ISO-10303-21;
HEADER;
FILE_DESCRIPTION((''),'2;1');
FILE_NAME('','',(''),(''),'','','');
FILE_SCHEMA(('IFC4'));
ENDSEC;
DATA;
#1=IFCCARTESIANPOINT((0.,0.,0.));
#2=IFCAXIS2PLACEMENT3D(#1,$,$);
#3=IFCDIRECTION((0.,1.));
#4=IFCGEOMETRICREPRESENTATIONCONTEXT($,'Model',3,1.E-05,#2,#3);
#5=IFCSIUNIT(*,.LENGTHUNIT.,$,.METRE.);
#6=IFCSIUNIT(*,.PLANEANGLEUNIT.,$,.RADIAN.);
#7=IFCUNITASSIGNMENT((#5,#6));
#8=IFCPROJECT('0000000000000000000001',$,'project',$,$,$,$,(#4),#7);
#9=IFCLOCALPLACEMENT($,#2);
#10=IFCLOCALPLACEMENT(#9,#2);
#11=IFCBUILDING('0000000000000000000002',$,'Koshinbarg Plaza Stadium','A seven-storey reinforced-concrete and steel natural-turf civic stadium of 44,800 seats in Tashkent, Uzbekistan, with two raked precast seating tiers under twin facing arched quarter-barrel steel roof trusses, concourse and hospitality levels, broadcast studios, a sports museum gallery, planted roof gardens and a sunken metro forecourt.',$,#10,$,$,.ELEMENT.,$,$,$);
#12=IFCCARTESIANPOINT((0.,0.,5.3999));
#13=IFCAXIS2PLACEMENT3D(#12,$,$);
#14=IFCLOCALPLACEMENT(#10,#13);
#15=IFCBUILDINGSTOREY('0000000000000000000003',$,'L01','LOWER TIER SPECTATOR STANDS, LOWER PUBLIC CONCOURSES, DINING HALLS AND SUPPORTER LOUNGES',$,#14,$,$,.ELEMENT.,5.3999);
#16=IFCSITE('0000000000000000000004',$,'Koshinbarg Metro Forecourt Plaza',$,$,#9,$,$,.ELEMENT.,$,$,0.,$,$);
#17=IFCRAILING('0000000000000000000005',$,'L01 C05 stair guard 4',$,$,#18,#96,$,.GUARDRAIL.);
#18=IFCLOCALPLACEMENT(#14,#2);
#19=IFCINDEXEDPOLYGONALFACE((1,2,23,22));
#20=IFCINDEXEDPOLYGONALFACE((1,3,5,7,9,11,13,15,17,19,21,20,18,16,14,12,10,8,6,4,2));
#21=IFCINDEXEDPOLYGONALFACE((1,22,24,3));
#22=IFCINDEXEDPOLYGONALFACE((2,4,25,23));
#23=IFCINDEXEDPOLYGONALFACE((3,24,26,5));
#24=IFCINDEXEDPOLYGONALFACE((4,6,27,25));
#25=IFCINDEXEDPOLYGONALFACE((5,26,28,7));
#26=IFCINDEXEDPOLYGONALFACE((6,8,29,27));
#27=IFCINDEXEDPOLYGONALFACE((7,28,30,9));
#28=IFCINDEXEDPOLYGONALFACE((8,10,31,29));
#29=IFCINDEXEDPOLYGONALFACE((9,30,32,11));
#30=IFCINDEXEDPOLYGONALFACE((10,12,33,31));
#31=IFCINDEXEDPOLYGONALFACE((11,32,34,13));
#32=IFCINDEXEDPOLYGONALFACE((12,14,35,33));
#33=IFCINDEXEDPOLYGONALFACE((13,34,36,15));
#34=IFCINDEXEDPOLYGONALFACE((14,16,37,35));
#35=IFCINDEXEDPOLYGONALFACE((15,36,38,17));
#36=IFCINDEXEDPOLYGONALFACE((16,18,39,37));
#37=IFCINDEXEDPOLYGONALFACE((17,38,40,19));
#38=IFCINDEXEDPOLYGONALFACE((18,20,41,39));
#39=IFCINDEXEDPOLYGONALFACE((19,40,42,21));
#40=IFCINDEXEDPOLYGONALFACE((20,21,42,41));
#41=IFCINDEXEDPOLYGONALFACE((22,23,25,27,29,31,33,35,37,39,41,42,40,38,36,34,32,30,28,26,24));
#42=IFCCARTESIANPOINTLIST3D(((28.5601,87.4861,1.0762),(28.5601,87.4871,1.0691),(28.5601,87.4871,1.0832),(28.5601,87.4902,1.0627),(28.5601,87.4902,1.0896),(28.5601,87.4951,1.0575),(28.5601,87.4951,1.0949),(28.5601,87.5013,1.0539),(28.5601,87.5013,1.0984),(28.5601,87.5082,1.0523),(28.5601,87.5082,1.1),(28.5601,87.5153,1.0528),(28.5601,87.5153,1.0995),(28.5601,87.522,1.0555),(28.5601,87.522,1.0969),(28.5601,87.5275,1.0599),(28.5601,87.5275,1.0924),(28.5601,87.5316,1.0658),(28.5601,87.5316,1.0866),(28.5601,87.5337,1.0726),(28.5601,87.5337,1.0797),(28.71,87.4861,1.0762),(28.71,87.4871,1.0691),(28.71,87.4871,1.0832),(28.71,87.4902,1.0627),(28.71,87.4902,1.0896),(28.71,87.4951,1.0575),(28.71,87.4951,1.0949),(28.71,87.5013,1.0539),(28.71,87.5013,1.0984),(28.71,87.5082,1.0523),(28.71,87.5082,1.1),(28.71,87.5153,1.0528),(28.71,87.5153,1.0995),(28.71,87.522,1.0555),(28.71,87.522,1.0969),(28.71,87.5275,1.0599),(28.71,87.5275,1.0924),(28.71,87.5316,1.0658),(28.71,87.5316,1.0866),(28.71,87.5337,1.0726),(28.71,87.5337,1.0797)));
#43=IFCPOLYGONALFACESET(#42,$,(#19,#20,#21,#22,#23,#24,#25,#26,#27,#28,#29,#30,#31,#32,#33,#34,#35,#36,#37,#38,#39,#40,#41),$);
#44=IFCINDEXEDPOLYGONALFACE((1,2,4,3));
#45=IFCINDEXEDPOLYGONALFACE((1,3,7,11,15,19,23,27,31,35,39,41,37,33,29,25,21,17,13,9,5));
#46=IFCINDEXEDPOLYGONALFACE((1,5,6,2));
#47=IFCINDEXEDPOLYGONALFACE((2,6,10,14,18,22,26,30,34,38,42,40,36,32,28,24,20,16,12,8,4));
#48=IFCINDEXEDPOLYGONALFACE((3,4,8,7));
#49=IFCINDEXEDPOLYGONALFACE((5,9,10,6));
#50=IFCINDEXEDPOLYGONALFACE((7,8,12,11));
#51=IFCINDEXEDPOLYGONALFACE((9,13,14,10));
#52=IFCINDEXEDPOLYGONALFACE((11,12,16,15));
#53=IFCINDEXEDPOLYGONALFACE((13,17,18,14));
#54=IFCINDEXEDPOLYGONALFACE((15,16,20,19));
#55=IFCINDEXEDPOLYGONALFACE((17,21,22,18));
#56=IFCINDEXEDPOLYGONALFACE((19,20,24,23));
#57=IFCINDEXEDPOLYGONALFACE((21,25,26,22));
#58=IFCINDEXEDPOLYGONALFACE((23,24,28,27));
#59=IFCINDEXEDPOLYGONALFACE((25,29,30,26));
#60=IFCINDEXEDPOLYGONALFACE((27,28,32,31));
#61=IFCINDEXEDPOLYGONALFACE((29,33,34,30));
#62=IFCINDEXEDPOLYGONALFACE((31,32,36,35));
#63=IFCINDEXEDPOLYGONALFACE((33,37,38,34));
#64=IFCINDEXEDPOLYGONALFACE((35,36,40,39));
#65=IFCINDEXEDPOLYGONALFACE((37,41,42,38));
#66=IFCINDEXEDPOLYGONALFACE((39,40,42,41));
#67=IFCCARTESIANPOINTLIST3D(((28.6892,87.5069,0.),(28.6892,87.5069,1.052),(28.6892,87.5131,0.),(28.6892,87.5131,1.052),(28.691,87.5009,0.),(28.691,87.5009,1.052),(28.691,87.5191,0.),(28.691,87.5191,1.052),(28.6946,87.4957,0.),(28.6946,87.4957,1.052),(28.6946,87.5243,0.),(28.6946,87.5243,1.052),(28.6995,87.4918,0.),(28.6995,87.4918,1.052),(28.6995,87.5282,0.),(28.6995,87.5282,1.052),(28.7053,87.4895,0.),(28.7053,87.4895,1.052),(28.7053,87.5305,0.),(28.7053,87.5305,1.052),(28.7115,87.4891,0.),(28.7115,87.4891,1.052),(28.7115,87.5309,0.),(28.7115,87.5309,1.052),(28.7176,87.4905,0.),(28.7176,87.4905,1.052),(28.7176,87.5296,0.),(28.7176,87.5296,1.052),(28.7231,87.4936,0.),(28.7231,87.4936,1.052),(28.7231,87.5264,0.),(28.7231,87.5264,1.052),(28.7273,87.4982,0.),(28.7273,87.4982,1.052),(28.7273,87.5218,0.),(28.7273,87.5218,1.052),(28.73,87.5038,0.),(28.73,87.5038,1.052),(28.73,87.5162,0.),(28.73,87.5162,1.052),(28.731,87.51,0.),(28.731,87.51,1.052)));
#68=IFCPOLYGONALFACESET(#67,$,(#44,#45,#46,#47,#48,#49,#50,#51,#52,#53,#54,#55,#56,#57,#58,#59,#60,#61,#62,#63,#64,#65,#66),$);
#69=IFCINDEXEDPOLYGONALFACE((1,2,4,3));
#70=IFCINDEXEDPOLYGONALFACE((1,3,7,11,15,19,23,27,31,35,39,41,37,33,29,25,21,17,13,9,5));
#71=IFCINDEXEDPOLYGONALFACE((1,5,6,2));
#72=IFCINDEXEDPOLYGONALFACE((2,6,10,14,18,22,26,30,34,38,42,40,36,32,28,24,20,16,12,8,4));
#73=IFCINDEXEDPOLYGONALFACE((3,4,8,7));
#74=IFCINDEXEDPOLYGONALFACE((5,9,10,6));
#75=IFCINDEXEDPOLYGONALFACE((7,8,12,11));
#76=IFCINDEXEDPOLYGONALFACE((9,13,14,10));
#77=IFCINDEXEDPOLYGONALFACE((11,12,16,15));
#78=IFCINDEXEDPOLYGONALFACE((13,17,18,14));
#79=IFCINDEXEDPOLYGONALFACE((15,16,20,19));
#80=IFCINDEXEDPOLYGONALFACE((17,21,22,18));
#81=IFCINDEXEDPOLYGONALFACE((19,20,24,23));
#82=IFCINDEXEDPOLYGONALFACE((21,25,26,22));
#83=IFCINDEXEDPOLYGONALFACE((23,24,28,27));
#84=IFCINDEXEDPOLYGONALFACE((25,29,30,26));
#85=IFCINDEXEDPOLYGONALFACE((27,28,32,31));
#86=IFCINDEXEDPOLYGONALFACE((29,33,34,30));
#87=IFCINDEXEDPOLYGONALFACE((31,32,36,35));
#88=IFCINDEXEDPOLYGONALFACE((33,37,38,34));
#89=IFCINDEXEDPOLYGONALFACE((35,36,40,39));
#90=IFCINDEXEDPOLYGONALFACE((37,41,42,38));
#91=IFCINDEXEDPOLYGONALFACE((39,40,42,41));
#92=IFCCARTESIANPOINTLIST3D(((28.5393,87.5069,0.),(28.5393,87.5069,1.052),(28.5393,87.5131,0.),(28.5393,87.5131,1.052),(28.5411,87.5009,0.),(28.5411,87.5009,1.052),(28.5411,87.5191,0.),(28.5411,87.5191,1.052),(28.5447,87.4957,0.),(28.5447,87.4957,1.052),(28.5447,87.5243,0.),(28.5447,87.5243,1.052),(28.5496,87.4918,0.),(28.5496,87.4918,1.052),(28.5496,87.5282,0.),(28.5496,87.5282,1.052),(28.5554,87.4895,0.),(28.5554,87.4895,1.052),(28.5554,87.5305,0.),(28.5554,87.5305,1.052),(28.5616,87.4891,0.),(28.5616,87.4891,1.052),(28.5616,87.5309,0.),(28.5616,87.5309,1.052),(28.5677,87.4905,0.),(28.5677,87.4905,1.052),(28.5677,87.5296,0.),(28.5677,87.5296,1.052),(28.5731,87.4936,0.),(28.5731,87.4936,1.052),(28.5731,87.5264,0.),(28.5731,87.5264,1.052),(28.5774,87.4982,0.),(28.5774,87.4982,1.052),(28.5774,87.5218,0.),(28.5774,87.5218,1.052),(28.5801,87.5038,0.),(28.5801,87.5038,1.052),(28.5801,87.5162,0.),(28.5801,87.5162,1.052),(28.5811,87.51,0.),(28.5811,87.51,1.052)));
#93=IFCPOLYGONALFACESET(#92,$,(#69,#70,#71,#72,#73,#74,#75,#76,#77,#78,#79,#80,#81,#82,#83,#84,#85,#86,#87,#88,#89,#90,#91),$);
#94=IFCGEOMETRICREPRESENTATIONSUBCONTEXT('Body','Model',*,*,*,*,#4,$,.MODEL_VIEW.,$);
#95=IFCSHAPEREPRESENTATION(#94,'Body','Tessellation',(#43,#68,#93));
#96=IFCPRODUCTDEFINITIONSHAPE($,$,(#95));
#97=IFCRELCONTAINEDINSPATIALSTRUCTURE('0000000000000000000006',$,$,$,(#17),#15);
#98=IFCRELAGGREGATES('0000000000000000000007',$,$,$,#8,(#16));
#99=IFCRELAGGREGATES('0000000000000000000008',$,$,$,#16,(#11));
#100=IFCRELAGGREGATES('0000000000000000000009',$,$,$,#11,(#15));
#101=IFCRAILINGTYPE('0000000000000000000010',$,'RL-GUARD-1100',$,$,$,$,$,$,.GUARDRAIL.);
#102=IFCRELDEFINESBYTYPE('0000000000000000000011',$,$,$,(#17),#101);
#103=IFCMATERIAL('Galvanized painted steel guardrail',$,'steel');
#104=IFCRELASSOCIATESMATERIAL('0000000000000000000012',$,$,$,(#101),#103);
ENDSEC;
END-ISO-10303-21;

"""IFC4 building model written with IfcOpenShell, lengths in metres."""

from ifc_helpers import new_model, si_unit, direction, frame, origin, origin_2d, place, context, subcontext, project, spatial, circle, extrude, material, type_object, element, save


model = new_model("IFC4")

# Units and contexts
model_context = context("Model", 3, precision=1e-05, world=origin(), true_north=direction((0.0, 1.0)))
body_context = subcontext(model_context, "Body", "Model", "MODEL_VIEW")
ifc_project = project(units=[si_unit("LENGTHUNIT", "METRE"), si_unit("PLANEANGLEUNIT", "RADIAN")], contexts=[model_context])

# Site, building, storey
site_placement = place(None, origin())
site = spatial("IfcSite", under=ifc_project, at=site_placement, Name="Koshinbarg Metro Forecourt Plaza", CompositionType="ELEMENT", RefElevation=0.0)
building_placement = place(site_placement, origin())
building = spatial("IfcBuilding", under=site, at=building_placement, Name="Koshinbarg Plaza Stadium", Description="A seven-storey reinforced-concrete and steel natural-turf civic stadium of 44,800 seats in Tashkent, Uzbekistan, with two raked precast seating tiers under twin facing arched quarter-barrel steel roof trusses, concourse and hospitality levels, broadcast studios, a sports museum gallery, planted roof gardens and a sunken metro forecourt.", CompositionType="ELEMENT")
storey_placement = place(building_placement, frame((0.0, 0.0, 5.3999)))
storey = spatial("IfcBuildingStorey", under=building, at=storey_placement, Name="L01", Description="LOWER TIER SPECTATOR STANDS, LOWER PUBLIC CONCOURSES, DINING HALLS AND SUPPORTER LOUNGES", CompositionType="ELEMENT", Elevation=5.3999)

# Railing
ifc_material_1 = material(Name="Galvanized painted steel guardrail", Category="steel")
railing_type_1 = type_object("IfcRailingType", Name="RL-GUARD-1100", PredefinedType="GUARDRAIL", material=ifc_material_1)
railing_1_placement = place(storey_placement, frame((28.71, 87.51, 0.0)))
element("IfcRailing", 1, at=railing_1_placement, inside=storey, type_object=railing_type_1, Name="L01 C05 stair guard 4", PredefinedType="GUARDRAIL", context=body_context, shape_type="SweptSolid", body=[
    extrude(circle(Radius=0.0239, at=origin_2d()), frame((0.0, 0.0, 1.0762), z_axis=(-1.0, 0.0, 0.0), x_axis=(0.0, -1.0, 0.0)), (0.0, 0.0, 1.0), 0.1499),
    extrude(circle(Radius=0.021, at=origin_2d()), origin(), (0.0, 0.0, 1.0), 1.052),
    extrude(circle(Radius=0.021, at=origin_2d()), frame((-0.1499, 0.0, 0.0)), (0.0, 0.0, 1.0), 1.052),
])

save(model, "model.ifc")
